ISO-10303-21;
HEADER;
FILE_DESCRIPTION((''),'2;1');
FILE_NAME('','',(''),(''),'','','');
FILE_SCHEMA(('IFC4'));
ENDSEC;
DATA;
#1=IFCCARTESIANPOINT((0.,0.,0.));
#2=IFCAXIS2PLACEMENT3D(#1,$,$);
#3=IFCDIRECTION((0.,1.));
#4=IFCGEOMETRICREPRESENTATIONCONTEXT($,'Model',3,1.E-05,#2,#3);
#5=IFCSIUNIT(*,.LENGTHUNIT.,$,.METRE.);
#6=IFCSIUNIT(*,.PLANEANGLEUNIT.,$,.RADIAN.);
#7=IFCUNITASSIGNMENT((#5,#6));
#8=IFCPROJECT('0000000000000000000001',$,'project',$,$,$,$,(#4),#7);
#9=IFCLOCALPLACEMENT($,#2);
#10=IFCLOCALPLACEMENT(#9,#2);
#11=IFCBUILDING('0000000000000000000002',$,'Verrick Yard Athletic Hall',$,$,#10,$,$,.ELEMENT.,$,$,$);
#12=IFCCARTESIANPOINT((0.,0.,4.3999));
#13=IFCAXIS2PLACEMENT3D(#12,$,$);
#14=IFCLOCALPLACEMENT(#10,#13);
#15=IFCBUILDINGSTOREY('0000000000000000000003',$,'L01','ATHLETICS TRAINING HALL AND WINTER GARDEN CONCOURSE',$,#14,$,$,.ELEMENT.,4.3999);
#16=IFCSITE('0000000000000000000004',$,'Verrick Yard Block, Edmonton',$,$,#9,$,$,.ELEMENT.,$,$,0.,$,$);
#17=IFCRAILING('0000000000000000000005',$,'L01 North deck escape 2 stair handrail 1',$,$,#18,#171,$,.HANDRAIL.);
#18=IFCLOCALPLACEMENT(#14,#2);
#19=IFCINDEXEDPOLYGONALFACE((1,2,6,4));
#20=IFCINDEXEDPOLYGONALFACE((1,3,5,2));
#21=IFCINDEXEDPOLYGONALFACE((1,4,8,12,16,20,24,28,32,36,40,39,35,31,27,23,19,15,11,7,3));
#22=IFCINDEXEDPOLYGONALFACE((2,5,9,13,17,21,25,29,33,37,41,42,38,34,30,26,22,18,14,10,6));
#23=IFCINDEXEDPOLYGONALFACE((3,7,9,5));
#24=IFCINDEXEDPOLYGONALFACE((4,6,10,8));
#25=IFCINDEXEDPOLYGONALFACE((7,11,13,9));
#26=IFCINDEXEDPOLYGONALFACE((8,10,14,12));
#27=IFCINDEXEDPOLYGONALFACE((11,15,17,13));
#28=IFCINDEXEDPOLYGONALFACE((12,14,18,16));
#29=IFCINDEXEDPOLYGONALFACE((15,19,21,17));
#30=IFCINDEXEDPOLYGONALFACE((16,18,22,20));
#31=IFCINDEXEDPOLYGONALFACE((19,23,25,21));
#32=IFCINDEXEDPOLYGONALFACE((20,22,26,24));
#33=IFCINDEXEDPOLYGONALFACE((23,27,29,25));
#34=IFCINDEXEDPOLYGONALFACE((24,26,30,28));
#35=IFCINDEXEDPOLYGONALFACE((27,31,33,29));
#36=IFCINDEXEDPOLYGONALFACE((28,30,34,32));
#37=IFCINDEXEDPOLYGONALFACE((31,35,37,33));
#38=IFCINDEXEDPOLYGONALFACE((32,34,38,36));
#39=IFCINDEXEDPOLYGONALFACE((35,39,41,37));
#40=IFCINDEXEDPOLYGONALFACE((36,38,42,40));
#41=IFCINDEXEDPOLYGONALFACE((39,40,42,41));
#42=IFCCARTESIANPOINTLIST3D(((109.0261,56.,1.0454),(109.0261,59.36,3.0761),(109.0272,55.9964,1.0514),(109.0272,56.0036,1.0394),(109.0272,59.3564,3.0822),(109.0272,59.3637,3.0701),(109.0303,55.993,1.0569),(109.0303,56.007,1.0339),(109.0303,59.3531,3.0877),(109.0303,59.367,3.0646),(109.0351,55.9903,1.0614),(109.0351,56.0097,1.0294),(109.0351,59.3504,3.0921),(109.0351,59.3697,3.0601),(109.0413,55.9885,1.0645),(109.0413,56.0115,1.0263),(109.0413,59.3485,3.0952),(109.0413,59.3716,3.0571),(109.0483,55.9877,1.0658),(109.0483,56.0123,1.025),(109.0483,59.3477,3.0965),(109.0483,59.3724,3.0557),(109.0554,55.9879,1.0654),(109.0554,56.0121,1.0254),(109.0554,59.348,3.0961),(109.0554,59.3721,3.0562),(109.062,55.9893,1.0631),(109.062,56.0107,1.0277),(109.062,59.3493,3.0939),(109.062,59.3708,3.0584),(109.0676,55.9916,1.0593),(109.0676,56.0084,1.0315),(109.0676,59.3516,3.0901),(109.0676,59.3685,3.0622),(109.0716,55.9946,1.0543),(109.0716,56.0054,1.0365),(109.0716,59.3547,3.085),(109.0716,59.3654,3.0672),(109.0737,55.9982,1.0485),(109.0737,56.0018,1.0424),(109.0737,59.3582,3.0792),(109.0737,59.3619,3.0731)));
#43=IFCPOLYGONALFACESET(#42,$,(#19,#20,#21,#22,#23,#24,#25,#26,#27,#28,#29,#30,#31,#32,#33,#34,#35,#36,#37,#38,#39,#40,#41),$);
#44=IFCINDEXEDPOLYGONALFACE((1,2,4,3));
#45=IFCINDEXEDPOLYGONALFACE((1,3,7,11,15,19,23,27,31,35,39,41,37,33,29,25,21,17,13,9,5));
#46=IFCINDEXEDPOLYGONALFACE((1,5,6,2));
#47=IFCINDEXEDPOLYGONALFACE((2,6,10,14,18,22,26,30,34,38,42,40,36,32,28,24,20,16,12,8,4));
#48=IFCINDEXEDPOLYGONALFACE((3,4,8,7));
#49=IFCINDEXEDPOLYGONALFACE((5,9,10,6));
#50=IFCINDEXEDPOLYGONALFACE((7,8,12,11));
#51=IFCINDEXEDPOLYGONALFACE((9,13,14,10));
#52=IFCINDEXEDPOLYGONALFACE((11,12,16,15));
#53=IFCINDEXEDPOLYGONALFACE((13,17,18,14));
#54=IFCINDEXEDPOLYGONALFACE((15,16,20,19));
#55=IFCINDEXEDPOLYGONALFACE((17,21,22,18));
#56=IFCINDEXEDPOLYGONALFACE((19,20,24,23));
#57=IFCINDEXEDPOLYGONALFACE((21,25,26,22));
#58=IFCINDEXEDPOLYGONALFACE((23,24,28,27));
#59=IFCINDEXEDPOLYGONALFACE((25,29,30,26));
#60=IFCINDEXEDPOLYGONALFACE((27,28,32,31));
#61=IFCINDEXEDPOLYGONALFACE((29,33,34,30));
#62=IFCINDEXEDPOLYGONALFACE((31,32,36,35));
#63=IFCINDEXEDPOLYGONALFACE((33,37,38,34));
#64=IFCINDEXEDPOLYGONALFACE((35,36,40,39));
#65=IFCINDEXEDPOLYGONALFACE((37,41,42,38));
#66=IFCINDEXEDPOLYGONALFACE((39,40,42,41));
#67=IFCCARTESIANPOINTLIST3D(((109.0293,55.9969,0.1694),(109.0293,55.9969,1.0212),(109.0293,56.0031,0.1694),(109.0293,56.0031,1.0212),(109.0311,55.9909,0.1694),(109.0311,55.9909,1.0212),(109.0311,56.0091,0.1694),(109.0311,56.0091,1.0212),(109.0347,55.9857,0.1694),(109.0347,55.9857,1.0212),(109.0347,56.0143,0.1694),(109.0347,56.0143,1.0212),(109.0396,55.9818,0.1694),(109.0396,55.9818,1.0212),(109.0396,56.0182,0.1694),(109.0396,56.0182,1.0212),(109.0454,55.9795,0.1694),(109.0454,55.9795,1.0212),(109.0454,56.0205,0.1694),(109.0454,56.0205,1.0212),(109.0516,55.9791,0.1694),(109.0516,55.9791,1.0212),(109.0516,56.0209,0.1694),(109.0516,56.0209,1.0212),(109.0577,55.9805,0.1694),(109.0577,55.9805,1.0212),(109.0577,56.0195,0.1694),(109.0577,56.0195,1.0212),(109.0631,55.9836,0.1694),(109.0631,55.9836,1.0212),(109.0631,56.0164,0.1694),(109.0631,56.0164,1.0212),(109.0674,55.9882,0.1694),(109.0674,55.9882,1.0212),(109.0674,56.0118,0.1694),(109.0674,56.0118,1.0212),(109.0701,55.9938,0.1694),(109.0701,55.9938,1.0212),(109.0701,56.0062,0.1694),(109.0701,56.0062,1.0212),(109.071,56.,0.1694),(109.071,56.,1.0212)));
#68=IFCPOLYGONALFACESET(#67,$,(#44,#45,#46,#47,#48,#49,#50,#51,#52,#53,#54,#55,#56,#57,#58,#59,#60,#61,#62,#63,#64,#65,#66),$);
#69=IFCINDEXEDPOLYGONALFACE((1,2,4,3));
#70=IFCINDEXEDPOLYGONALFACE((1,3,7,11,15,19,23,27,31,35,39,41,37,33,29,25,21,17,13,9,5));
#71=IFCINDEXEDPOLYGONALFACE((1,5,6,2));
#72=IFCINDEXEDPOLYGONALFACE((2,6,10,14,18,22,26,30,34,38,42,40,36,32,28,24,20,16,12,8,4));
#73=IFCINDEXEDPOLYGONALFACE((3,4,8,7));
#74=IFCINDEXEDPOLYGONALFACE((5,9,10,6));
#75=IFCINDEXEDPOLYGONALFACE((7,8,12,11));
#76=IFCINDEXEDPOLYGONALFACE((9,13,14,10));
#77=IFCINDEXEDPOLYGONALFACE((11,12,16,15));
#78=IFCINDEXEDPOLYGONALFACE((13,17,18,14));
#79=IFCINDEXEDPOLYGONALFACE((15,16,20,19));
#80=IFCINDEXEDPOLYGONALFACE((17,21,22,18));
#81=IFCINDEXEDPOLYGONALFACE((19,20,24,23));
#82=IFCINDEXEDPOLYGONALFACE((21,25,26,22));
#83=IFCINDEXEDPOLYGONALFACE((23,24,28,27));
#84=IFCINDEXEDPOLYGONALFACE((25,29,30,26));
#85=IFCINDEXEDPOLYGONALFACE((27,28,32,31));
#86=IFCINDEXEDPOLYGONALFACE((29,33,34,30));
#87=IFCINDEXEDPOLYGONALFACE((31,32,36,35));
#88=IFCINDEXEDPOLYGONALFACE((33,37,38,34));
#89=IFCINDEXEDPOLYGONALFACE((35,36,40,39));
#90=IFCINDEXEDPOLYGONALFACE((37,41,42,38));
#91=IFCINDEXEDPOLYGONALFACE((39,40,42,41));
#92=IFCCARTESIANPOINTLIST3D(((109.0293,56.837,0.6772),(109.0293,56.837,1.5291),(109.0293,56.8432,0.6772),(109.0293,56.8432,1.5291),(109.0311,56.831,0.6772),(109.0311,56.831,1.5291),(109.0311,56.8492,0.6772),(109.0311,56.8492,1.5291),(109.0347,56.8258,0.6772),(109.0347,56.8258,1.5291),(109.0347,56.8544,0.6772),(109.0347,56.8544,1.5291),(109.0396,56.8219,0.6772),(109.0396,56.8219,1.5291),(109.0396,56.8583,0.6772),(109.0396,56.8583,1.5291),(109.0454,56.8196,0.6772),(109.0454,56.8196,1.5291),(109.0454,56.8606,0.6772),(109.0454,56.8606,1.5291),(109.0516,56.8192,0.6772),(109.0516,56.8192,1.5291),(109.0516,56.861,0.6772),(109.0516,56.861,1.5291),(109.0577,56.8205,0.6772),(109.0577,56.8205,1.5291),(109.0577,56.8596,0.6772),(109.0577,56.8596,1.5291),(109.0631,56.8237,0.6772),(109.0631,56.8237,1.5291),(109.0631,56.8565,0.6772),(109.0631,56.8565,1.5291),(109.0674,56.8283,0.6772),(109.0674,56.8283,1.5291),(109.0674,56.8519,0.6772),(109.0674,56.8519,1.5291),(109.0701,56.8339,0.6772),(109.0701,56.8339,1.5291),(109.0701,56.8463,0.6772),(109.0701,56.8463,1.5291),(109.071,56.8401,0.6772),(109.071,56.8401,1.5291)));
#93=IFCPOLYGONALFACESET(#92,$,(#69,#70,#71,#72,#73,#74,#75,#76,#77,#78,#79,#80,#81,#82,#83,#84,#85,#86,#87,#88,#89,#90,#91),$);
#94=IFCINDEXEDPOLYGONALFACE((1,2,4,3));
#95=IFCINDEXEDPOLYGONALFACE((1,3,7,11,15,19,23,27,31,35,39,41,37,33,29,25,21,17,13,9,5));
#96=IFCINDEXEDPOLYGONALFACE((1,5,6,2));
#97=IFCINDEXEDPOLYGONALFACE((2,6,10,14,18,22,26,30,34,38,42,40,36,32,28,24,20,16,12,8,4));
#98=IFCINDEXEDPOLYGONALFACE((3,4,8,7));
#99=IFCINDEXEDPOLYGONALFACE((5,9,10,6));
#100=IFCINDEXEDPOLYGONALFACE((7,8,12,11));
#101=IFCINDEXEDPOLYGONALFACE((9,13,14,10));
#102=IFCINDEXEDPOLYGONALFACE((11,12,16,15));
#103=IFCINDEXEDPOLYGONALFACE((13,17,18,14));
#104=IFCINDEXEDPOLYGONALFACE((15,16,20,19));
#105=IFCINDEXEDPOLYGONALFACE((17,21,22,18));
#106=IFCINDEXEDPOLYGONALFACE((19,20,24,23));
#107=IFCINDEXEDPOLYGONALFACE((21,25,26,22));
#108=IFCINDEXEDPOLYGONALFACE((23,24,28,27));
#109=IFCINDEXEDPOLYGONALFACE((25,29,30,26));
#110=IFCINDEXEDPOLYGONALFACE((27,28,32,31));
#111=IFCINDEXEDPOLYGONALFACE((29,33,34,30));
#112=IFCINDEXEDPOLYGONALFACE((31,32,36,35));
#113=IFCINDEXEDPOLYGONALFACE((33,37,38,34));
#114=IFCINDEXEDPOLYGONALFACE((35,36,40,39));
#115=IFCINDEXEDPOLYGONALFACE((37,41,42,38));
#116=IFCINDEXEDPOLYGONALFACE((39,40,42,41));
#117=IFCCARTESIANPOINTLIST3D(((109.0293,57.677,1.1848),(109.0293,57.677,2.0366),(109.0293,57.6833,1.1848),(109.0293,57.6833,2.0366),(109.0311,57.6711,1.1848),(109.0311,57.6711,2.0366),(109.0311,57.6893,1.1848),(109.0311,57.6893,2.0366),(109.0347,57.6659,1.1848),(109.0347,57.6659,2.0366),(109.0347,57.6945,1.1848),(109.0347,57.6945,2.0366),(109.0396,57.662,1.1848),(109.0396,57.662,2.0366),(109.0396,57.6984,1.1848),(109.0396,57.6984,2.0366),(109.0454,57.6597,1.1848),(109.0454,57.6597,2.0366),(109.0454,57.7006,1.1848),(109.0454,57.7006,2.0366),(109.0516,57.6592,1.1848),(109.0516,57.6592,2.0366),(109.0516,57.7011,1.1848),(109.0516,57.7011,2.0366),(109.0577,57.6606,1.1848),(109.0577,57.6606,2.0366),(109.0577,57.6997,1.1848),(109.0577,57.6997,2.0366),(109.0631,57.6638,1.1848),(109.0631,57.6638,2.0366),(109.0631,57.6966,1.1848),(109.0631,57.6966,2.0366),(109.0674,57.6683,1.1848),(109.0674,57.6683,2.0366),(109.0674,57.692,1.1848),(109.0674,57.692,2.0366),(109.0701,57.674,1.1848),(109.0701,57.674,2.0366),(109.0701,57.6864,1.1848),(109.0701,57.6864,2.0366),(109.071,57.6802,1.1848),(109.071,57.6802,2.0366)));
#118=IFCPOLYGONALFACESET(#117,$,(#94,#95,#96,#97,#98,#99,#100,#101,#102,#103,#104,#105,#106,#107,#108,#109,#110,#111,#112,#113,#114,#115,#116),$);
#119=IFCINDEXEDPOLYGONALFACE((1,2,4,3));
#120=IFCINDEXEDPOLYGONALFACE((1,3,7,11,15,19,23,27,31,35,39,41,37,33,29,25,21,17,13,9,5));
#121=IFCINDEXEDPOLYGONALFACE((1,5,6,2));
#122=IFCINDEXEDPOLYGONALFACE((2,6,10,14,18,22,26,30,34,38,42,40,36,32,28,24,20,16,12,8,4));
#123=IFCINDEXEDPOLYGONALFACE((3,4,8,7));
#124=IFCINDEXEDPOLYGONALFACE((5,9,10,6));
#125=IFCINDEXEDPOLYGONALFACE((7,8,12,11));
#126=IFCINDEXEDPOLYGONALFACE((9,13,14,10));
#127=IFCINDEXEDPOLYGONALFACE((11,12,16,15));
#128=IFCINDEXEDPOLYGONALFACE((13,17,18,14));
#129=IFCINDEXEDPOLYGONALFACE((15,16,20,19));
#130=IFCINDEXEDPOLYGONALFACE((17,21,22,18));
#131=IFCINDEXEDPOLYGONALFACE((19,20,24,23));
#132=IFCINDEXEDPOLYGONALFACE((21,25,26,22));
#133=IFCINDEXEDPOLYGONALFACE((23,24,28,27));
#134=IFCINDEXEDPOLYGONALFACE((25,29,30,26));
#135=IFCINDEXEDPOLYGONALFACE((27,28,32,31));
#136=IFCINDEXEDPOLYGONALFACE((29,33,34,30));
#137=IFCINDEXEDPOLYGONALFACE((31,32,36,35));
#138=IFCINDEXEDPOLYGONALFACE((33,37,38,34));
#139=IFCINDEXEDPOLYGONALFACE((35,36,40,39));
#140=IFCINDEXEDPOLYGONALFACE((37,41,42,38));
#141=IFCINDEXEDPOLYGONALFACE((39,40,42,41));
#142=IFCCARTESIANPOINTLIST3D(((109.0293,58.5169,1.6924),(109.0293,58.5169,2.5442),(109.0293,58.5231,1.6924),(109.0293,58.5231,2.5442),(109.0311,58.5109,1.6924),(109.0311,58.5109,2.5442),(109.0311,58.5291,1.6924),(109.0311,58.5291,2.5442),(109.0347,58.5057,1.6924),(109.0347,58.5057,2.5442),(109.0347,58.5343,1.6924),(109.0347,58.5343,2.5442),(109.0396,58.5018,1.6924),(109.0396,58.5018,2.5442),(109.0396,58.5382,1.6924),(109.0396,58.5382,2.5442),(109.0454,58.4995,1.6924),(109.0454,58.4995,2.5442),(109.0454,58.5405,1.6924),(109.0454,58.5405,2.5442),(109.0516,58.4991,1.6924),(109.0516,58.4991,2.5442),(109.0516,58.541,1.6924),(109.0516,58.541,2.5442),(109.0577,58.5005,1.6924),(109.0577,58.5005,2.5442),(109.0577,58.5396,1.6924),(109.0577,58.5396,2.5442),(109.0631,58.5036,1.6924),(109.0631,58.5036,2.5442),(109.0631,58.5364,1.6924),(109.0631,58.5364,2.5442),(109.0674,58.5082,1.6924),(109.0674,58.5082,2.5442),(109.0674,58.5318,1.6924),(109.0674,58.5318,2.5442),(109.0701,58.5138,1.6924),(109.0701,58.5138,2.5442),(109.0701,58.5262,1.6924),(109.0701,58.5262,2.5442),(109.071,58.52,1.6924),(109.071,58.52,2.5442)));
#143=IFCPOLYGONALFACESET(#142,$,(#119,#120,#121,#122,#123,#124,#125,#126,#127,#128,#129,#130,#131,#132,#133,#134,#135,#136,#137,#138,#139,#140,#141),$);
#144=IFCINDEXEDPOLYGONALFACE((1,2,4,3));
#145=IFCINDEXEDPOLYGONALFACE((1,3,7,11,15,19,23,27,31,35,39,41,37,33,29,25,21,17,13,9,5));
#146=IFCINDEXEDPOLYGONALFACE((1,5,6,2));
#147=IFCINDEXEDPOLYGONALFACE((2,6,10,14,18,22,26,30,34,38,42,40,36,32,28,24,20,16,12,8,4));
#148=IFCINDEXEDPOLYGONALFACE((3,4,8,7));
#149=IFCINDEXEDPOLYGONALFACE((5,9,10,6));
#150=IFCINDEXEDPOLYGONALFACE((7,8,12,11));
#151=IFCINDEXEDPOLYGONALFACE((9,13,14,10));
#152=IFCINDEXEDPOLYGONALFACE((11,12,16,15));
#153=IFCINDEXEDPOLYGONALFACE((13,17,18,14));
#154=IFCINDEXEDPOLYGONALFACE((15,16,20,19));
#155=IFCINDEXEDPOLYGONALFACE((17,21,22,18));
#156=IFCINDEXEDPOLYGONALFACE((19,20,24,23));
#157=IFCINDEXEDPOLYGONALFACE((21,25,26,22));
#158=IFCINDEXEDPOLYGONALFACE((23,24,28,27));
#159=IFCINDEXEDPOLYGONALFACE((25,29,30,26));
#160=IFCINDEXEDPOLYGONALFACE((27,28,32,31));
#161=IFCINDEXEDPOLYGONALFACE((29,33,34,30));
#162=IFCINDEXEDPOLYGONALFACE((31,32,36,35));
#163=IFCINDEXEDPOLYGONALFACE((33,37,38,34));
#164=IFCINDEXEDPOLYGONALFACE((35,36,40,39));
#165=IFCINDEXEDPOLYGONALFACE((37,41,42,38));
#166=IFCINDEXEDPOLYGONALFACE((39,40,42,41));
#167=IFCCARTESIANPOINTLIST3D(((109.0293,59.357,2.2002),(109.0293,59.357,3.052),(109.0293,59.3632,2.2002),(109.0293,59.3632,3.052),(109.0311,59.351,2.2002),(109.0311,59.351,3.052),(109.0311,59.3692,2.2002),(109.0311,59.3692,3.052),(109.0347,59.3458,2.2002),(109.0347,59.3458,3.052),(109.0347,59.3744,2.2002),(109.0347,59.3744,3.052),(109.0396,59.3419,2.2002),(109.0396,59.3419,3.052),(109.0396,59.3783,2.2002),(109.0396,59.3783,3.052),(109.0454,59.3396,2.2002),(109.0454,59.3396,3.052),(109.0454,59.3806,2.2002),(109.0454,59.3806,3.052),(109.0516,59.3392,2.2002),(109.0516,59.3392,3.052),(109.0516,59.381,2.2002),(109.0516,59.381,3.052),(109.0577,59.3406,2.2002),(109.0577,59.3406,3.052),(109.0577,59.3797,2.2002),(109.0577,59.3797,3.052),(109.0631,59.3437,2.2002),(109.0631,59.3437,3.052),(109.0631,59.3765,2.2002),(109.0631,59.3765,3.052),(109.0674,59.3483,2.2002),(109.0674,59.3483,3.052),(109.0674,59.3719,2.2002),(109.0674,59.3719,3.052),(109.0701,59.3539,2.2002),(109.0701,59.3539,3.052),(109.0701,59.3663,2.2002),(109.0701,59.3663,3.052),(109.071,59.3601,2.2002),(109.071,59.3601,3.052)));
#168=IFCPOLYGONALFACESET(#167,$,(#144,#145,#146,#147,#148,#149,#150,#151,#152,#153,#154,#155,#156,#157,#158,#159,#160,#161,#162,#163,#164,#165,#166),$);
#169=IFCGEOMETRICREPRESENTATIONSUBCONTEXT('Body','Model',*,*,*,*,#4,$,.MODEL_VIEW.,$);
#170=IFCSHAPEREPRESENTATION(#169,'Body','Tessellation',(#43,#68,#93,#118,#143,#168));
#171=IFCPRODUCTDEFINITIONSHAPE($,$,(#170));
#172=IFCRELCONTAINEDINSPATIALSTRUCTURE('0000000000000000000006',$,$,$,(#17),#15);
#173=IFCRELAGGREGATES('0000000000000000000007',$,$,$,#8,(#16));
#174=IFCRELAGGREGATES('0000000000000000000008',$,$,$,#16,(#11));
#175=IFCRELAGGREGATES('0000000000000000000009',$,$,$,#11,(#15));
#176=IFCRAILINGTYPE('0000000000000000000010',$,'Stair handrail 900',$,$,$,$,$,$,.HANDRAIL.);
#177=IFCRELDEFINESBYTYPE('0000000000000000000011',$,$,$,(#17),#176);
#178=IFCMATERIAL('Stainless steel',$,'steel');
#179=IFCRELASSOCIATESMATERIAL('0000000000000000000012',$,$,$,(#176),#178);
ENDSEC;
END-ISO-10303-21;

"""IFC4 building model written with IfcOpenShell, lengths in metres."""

from ifc_helpers import new_model, si_unit, direction, frame, origin, origin_2d, place, context, subcontext, project, spatial, circle, extrude, material, type_object, element, save


model = new_model("IFC4")

# Units and contexts
model_context = context("Model", 3, precision=1e-05, world=origin(), true_north=direction((0.0, 1.0)))
body_context = subcontext(model_context, "Body", "Model", "MODEL_VIEW")
ifc_project = project(units=[si_unit("LENGTHUNIT", "METRE"), si_unit("PLANEANGLEUNIT", "RADIAN")], contexts=[model_context])

# Site, building, storey
site_placement = place(None, origin())
site = spatial("IfcSite", under=ifc_project, at=site_placement, Name="Verrick Yard Block, Edmonton", CompositionType="ELEMENT", RefElevation=0.0)
building_placement = place(site_placement, origin())
building = spatial("IfcBuilding", under=site, at=building_placement, Name="Verrick Yard Athletic Hall", CompositionType="ELEMENT")
storey_placement = place(building_placement, frame((0.0, 0.0, 4.3999)))
storey = spatial("IfcBuildingStorey", under=building, at=storey_placement, Name="L01", Description="ATHLETICS TRAINING HALL AND WINTER GARDEN CONCOURSE", CompositionType="ELEMENT", Elevation=4.3999)

# Railing
ifc_material_1 = material(Name="Stainless steel", Category="steel")
railing_type_1 = type_object("IfcRailingType", Name="Stair handrail 900", PredefinedType="HANDRAIL", material=ifc_material_1)
railing_1_placement = place(storey_placement, frame((109.05, 56.0, 0.1694)))
element("IfcRailing", 1, at=railing_1_placement, inside=storey, type_object=railing_type_1, Name="L01 North deck escape 2 stair handrail 1", PredefinedType="HANDRAIL", context=body_context, shape_type="SweptSolid", body=[
    extrude(circle(Radius=0.0239, at=origin_2d()), frame((0.0, 0.0, 0.876), z_axis=(0.0, 0.855837, 0.517246), x_axis=(-1.0, 0.0, 0.0)), (0.0, 0.0, 1.0), 3.926),
    extrude(circle(Radius=0.021, at=origin_2d()), origin(), (0.0, 0.0, 1.0), 0.8518),
    extrude(circle(Radius=0.021, at=origin_2d()), frame((0.0, 0.8401, 0.5078)), (0.0, 0.0, 1.0), 0.8518),
    extrude(circle(Radius=0.021, at=origin_2d()), frame((0.0, 1.6802, 1.0154)), (0.0, 0.0, 1.0), 0.8518),
    extrude(circle(Radius=0.021, at=origin_2d()), frame((0.0, 2.52, 1.5229)), (0.0, 0.0, 1.0), 0.8518),
    extrude(circle(Radius=0.021, at=origin_2d()), frame((0.0, 3.3601, 2.0308)), (0.0, 0.0, 1.0), 0.8518),
])

save(model, "model.ifc")
